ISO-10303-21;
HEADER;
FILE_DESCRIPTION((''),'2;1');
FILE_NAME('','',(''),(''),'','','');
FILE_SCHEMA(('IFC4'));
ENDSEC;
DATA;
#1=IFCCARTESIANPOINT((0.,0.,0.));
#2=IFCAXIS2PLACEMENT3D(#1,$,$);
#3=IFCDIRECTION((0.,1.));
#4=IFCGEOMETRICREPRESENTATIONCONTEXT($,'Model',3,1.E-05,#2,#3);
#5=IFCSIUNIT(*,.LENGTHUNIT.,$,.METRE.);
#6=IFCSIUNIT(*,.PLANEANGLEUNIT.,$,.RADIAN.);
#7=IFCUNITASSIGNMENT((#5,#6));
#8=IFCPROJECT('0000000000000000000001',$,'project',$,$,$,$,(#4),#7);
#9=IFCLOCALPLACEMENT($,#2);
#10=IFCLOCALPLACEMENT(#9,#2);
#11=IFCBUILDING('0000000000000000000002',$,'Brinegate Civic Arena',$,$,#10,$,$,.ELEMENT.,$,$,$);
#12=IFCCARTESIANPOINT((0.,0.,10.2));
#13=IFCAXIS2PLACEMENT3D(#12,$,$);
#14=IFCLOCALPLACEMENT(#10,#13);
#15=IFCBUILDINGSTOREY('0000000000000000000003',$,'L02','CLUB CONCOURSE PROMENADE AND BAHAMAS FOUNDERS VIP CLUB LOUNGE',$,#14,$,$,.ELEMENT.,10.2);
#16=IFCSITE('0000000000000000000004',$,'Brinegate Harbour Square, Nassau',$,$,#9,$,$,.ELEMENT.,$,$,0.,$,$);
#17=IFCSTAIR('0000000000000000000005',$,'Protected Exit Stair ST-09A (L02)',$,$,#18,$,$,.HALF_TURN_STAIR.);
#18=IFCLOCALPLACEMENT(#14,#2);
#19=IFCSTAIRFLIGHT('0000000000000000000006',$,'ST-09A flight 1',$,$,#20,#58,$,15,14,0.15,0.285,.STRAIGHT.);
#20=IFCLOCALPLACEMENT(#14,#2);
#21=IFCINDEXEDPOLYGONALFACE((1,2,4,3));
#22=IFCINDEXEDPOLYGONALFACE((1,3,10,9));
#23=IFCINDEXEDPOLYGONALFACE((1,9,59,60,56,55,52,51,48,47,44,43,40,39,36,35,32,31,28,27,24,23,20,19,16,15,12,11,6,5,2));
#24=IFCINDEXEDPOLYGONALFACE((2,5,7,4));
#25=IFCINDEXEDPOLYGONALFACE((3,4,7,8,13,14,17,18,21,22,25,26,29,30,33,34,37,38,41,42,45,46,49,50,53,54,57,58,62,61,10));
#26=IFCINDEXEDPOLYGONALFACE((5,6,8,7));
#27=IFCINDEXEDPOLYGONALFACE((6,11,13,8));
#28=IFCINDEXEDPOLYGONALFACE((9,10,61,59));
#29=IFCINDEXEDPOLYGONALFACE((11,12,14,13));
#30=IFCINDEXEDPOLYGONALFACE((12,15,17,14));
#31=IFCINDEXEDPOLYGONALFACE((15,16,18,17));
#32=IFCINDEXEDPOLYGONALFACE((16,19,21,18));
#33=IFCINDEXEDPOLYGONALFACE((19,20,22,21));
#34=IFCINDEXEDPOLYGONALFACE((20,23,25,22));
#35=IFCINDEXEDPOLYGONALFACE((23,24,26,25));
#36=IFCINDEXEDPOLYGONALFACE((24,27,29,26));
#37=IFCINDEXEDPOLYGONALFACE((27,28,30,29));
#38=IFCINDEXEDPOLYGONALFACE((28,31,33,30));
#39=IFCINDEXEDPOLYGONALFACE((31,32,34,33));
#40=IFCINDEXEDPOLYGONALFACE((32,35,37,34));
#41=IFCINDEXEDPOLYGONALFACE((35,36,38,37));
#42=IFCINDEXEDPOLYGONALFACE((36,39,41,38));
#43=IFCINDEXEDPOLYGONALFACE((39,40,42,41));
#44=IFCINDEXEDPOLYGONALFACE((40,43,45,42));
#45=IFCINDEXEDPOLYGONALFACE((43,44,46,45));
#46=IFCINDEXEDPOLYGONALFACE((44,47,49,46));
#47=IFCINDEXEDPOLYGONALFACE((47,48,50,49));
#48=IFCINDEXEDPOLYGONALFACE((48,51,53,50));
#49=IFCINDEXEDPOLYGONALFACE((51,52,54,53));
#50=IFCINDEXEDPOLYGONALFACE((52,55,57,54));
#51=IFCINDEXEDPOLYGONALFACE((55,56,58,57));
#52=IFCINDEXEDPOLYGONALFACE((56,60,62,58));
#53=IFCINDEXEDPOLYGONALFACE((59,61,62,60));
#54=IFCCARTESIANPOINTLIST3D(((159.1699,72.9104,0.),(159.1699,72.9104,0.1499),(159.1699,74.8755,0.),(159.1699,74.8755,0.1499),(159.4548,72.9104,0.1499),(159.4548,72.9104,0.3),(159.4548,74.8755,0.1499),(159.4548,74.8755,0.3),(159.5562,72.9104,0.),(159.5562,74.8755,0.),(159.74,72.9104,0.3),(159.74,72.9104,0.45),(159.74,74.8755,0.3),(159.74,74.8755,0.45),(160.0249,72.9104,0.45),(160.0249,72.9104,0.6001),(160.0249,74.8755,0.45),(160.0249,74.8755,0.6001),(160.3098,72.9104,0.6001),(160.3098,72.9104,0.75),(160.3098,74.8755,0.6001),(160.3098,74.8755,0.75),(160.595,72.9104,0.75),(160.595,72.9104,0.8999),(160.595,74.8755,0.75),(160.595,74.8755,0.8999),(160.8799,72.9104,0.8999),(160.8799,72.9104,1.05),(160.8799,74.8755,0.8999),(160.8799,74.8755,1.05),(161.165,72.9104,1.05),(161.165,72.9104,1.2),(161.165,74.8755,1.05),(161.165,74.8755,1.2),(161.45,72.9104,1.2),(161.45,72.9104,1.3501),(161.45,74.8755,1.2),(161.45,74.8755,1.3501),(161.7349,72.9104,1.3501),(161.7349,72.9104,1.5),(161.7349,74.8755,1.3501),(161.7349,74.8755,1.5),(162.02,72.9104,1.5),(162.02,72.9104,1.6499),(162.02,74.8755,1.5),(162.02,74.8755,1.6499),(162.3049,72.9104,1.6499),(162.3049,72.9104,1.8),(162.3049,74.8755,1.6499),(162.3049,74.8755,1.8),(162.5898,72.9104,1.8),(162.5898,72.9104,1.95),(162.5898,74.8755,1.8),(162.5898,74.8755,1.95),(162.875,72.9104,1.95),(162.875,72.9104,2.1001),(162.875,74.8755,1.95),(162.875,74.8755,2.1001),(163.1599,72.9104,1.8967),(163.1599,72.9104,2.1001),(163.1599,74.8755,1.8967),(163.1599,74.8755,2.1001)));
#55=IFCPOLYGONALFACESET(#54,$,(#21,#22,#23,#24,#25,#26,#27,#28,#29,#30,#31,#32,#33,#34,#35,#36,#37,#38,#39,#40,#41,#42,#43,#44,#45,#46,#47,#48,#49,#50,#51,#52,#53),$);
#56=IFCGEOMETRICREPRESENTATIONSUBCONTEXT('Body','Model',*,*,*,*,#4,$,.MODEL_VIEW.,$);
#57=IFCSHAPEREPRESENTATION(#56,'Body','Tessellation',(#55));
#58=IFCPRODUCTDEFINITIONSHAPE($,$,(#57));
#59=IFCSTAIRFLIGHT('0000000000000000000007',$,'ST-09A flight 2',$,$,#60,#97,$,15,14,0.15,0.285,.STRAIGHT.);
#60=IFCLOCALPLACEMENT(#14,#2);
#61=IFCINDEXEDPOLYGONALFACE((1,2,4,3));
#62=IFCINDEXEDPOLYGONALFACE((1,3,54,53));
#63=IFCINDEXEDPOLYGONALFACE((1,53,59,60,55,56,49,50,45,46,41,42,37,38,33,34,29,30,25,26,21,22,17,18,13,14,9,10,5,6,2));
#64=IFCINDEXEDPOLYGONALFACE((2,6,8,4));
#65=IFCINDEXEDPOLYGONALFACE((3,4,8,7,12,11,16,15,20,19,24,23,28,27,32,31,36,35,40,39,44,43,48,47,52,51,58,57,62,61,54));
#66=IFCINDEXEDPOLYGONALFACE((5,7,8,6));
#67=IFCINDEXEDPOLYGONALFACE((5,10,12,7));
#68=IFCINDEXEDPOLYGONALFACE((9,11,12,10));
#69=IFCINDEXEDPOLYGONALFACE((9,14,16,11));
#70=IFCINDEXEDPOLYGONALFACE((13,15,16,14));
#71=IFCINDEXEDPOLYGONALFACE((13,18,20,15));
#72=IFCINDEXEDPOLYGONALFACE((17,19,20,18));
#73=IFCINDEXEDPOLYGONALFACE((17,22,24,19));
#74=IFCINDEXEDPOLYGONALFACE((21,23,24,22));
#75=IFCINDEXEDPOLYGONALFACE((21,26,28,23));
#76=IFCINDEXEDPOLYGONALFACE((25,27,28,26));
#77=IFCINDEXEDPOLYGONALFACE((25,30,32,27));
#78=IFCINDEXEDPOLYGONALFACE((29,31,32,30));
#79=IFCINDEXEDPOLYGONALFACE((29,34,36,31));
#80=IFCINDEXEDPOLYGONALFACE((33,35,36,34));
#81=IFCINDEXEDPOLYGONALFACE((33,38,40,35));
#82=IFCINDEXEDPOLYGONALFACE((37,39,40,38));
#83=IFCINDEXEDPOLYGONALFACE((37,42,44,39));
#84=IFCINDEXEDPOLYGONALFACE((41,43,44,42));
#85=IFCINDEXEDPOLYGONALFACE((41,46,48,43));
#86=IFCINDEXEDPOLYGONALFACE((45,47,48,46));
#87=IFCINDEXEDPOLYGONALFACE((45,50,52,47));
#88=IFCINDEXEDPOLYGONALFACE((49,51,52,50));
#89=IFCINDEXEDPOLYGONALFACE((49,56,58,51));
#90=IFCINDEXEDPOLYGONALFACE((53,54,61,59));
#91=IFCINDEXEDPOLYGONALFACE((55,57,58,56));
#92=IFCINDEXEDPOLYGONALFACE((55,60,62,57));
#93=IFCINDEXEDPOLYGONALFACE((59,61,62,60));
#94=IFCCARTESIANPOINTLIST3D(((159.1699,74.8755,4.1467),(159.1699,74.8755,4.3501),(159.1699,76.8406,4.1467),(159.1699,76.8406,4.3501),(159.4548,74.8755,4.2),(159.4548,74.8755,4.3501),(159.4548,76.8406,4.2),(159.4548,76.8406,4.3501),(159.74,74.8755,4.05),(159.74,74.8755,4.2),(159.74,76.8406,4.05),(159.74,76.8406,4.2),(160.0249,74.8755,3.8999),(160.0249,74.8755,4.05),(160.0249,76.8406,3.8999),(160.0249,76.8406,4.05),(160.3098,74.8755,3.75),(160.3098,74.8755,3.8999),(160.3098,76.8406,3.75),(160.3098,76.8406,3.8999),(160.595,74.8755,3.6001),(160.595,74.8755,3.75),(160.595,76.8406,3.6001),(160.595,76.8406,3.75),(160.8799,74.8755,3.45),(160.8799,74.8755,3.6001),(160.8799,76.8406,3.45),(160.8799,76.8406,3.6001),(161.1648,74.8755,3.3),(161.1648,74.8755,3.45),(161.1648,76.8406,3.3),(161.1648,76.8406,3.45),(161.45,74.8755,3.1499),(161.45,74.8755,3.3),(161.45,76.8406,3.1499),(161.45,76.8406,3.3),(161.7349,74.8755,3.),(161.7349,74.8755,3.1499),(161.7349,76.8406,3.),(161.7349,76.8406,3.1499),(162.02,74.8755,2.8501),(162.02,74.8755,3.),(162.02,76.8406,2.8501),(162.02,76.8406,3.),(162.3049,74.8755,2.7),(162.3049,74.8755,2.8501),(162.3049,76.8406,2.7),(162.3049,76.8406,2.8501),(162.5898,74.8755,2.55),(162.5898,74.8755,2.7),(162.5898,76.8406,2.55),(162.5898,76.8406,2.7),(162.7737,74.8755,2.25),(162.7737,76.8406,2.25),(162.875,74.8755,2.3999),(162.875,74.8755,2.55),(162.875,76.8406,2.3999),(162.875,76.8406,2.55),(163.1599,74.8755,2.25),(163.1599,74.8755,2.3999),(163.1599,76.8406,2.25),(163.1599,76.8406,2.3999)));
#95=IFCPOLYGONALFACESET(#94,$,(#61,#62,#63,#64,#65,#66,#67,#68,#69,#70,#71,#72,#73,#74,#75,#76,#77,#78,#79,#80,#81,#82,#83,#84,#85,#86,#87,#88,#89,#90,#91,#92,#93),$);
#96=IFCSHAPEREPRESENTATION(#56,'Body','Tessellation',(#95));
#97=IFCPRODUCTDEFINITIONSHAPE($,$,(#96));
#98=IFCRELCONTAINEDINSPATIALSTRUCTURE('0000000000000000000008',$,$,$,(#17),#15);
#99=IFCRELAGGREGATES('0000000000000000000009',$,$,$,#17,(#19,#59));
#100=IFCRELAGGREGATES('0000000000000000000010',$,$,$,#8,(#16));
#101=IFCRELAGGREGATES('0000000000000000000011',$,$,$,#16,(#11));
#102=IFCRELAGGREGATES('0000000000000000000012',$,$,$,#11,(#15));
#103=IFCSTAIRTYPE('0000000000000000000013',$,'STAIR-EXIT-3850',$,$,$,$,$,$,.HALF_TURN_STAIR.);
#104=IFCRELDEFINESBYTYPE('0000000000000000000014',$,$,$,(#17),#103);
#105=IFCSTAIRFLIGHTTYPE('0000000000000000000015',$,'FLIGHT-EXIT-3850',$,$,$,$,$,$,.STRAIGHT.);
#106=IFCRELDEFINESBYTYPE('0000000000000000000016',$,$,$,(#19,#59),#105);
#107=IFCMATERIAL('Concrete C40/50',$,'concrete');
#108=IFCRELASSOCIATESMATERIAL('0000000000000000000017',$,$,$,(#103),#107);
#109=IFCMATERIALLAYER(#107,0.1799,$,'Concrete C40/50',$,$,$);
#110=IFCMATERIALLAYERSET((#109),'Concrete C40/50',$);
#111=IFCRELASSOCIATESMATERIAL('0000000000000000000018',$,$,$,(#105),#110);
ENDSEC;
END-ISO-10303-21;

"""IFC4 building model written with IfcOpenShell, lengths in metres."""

from ifc_helpers import new_model, si_unit, direction, frame, origin, place, context, subcontext, project, spatial, polyline, outline, extrude, material, layer, layer_set, type_object, element, aggregate, save


model = new_model("IFC4")

# Units and contexts
model_context = context("Model", 3, precision=1e-05, world=origin(), true_north=direction((0.0, 1.0)))
body_context = subcontext(model_context, "Body", "Model", "MODEL_VIEW")
ifc_project = project(units=[si_unit("LENGTHUNIT", "METRE"), si_unit("PLANEANGLEUNIT", "RADIAN")], contexts=[model_context])

# Site, building, storey
site_placement = place(None, origin())
site = spatial("IfcSite", under=ifc_project, at=site_placement, Name="Brinegate Harbour Square, Nassau", CompositionType="ELEMENT", RefElevation=0.0)
building_placement = place(site_placement, origin())
building = spatial("IfcBuilding", under=site, at=building_placement, Name="Brinegate Civic Arena", CompositionType="ELEMENT")
storey_placement = place(building_placement, frame((0.0, 0.0, 10.2)))
storey = spatial("IfcBuildingStorey", under=building, at=storey_placement, Name="L02", Description="CLUB CONCOURSE PROMENADE AND BAHAMAS FOUNDERS VIP CLUB LOUNGE", CompositionType="ELEMENT", Elevation=10.2)

# Stair, stair flights
ifc_material_1 = material(Name="Concrete C40/50", Category="concrete")
stair_type = type_object("IfcStairType", Name="STAIR-EXIT-3850", PredefinedType="HALF_TURN_STAIR", material=ifc_material_1)
stair_placement = place(storey_placement, origin())
stair = element("IfcStair", 1, at=stair_placement, inside=storey, type_object=stair_type, Name="Protected Exit Stair ST-09A (L02)", PredefinedType="HALF_TURN_STAIR")
ifc_layer_1 = layer(ifc_material_1, 0.1799, Name="Concrete C40/50")
ifc_layer_set_1 = layer_set([ifc_layer_1], Name="Concrete C40/50")
stair_flight_type = type_object("IfcStairFlightType", Name="FLIGHT-EXIT-3850", PredefinedType="STRAIGHT", material=ifc_layer_set_1)
stair_flight_1_placement = place(storey_placement, frame((159.1699, 73.8931, 0.0), z_axis=(0.0, 0.0, 1.0), x_axis=(1.0, 0.0, 0.0)))
stair_flight_1 = element("IfcStairFlight", 2, at=stair_flight_1_placement, type_object=stair_flight_type, Name="ST-09A flight 1", NumberOfRisers=15, NumberOfTreads=14, PredefinedType="STRAIGHT", RiserHeight=0.15, TreadLength=0.285, context=body_context, shape_type="SweptSolid", body=[
    extrude(outline(polyline([(0.0, 0.0), (0.0, 0.1499), (0.2849, 0.1499), (0.2849, 0.3), (0.5701, 0.3), (0.5701, 0.45), (0.855, 0.45), (0.855, 0.6001), (1.1399, 0.6001), (1.1399, 0.75), (1.425, 0.75), (1.425, 0.8999), (1.71, 0.8999), (1.71, 1.05), (1.9951, 1.05), (1.9951, 1.2), (2.28, 1.2), (2.28, 1.3501), (2.5649, 1.3501), (2.5649, 1.5), (2.8501, 1.5), (2.8501, 1.6499), (3.135, 1.6499), (3.135, 1.8), (3.4199, 1.8), (3.4199, 1.95), (3.7051, 1.95), (3.7051, 2.1001), (3.99, 2.1001), (3.99, 2.25), (3.99, 1.8967), (0.3862, 0.0), (0.0, 0.0)])), frame((0.0, 0.9824, 0.0), z_axis=(0.0, -1.0, 0.0), x_axis=(1.0, 0.0, 0.0)), (0.0, 0.0, 1.0), 1.9651),
])
stair_flight_2_placement = place(storey_placement, frame((163.1599, 75.8579, 2.25), z_axis=(0.0, 0.0, 1.0), x_axis=(-1.0, 0.0, 0.0)))
stair_flight_2 = element("IfcStairFlight", 3, at=stair_flight_2_placement, type_object=stair_flight_type, Name="ST-09A flight 2", NumberOfRisers=15, NumberOfTreads=14, PredefinedType="STRAIGHT", RiserHeight=0.15, TreadLength=0.285, context=body_context, shape_type="SweptSolid", body=[
    extrude(outline(polyline([(0.0, 0.0), (0.0, 0.1499), (0.2849, 0.1499), (0.2849, 0.3), (0.5701, 0.3), (0.5701, 0.45), (0.855, 0.45), (0.855, 0.6001), (1.1399, 0.6001), (1.1399, 0.75), (1.425, 0.75), (1.425, 0.8999), (1.71, 0.8999), (1.71, 1.05), (1.9951, 1.05), (1.9951, 1.2), (2.28, 1.2), (2.28, 1.3501), (2.5649, 1.3501), (2.5649, 1.5), (2.8501, 1.5), (2.8501, 1.6499), (3.135, 1.6499), (3.135, 1.8), (3.4199, 1.8), (3.4199, 1.95), (3.7051, 1.95), (3.7051, 2.1001), (3.99, 2.1001), (3.99, 2.25), (3.99, 1.8967), (0.3862, 0.0), (0.0, 0.0)])), frame((0.0, 0.9824, 0.0), z_axis=(0.0, -1.0, 0.0), x_axis=(1.0, 0.0, 0.0)), (0.0, 0.0, 1.0), 1.9651),
])
aggregate(stair, [stair_flight_1, stair_flight_2])

save(model, "model.ifc")
